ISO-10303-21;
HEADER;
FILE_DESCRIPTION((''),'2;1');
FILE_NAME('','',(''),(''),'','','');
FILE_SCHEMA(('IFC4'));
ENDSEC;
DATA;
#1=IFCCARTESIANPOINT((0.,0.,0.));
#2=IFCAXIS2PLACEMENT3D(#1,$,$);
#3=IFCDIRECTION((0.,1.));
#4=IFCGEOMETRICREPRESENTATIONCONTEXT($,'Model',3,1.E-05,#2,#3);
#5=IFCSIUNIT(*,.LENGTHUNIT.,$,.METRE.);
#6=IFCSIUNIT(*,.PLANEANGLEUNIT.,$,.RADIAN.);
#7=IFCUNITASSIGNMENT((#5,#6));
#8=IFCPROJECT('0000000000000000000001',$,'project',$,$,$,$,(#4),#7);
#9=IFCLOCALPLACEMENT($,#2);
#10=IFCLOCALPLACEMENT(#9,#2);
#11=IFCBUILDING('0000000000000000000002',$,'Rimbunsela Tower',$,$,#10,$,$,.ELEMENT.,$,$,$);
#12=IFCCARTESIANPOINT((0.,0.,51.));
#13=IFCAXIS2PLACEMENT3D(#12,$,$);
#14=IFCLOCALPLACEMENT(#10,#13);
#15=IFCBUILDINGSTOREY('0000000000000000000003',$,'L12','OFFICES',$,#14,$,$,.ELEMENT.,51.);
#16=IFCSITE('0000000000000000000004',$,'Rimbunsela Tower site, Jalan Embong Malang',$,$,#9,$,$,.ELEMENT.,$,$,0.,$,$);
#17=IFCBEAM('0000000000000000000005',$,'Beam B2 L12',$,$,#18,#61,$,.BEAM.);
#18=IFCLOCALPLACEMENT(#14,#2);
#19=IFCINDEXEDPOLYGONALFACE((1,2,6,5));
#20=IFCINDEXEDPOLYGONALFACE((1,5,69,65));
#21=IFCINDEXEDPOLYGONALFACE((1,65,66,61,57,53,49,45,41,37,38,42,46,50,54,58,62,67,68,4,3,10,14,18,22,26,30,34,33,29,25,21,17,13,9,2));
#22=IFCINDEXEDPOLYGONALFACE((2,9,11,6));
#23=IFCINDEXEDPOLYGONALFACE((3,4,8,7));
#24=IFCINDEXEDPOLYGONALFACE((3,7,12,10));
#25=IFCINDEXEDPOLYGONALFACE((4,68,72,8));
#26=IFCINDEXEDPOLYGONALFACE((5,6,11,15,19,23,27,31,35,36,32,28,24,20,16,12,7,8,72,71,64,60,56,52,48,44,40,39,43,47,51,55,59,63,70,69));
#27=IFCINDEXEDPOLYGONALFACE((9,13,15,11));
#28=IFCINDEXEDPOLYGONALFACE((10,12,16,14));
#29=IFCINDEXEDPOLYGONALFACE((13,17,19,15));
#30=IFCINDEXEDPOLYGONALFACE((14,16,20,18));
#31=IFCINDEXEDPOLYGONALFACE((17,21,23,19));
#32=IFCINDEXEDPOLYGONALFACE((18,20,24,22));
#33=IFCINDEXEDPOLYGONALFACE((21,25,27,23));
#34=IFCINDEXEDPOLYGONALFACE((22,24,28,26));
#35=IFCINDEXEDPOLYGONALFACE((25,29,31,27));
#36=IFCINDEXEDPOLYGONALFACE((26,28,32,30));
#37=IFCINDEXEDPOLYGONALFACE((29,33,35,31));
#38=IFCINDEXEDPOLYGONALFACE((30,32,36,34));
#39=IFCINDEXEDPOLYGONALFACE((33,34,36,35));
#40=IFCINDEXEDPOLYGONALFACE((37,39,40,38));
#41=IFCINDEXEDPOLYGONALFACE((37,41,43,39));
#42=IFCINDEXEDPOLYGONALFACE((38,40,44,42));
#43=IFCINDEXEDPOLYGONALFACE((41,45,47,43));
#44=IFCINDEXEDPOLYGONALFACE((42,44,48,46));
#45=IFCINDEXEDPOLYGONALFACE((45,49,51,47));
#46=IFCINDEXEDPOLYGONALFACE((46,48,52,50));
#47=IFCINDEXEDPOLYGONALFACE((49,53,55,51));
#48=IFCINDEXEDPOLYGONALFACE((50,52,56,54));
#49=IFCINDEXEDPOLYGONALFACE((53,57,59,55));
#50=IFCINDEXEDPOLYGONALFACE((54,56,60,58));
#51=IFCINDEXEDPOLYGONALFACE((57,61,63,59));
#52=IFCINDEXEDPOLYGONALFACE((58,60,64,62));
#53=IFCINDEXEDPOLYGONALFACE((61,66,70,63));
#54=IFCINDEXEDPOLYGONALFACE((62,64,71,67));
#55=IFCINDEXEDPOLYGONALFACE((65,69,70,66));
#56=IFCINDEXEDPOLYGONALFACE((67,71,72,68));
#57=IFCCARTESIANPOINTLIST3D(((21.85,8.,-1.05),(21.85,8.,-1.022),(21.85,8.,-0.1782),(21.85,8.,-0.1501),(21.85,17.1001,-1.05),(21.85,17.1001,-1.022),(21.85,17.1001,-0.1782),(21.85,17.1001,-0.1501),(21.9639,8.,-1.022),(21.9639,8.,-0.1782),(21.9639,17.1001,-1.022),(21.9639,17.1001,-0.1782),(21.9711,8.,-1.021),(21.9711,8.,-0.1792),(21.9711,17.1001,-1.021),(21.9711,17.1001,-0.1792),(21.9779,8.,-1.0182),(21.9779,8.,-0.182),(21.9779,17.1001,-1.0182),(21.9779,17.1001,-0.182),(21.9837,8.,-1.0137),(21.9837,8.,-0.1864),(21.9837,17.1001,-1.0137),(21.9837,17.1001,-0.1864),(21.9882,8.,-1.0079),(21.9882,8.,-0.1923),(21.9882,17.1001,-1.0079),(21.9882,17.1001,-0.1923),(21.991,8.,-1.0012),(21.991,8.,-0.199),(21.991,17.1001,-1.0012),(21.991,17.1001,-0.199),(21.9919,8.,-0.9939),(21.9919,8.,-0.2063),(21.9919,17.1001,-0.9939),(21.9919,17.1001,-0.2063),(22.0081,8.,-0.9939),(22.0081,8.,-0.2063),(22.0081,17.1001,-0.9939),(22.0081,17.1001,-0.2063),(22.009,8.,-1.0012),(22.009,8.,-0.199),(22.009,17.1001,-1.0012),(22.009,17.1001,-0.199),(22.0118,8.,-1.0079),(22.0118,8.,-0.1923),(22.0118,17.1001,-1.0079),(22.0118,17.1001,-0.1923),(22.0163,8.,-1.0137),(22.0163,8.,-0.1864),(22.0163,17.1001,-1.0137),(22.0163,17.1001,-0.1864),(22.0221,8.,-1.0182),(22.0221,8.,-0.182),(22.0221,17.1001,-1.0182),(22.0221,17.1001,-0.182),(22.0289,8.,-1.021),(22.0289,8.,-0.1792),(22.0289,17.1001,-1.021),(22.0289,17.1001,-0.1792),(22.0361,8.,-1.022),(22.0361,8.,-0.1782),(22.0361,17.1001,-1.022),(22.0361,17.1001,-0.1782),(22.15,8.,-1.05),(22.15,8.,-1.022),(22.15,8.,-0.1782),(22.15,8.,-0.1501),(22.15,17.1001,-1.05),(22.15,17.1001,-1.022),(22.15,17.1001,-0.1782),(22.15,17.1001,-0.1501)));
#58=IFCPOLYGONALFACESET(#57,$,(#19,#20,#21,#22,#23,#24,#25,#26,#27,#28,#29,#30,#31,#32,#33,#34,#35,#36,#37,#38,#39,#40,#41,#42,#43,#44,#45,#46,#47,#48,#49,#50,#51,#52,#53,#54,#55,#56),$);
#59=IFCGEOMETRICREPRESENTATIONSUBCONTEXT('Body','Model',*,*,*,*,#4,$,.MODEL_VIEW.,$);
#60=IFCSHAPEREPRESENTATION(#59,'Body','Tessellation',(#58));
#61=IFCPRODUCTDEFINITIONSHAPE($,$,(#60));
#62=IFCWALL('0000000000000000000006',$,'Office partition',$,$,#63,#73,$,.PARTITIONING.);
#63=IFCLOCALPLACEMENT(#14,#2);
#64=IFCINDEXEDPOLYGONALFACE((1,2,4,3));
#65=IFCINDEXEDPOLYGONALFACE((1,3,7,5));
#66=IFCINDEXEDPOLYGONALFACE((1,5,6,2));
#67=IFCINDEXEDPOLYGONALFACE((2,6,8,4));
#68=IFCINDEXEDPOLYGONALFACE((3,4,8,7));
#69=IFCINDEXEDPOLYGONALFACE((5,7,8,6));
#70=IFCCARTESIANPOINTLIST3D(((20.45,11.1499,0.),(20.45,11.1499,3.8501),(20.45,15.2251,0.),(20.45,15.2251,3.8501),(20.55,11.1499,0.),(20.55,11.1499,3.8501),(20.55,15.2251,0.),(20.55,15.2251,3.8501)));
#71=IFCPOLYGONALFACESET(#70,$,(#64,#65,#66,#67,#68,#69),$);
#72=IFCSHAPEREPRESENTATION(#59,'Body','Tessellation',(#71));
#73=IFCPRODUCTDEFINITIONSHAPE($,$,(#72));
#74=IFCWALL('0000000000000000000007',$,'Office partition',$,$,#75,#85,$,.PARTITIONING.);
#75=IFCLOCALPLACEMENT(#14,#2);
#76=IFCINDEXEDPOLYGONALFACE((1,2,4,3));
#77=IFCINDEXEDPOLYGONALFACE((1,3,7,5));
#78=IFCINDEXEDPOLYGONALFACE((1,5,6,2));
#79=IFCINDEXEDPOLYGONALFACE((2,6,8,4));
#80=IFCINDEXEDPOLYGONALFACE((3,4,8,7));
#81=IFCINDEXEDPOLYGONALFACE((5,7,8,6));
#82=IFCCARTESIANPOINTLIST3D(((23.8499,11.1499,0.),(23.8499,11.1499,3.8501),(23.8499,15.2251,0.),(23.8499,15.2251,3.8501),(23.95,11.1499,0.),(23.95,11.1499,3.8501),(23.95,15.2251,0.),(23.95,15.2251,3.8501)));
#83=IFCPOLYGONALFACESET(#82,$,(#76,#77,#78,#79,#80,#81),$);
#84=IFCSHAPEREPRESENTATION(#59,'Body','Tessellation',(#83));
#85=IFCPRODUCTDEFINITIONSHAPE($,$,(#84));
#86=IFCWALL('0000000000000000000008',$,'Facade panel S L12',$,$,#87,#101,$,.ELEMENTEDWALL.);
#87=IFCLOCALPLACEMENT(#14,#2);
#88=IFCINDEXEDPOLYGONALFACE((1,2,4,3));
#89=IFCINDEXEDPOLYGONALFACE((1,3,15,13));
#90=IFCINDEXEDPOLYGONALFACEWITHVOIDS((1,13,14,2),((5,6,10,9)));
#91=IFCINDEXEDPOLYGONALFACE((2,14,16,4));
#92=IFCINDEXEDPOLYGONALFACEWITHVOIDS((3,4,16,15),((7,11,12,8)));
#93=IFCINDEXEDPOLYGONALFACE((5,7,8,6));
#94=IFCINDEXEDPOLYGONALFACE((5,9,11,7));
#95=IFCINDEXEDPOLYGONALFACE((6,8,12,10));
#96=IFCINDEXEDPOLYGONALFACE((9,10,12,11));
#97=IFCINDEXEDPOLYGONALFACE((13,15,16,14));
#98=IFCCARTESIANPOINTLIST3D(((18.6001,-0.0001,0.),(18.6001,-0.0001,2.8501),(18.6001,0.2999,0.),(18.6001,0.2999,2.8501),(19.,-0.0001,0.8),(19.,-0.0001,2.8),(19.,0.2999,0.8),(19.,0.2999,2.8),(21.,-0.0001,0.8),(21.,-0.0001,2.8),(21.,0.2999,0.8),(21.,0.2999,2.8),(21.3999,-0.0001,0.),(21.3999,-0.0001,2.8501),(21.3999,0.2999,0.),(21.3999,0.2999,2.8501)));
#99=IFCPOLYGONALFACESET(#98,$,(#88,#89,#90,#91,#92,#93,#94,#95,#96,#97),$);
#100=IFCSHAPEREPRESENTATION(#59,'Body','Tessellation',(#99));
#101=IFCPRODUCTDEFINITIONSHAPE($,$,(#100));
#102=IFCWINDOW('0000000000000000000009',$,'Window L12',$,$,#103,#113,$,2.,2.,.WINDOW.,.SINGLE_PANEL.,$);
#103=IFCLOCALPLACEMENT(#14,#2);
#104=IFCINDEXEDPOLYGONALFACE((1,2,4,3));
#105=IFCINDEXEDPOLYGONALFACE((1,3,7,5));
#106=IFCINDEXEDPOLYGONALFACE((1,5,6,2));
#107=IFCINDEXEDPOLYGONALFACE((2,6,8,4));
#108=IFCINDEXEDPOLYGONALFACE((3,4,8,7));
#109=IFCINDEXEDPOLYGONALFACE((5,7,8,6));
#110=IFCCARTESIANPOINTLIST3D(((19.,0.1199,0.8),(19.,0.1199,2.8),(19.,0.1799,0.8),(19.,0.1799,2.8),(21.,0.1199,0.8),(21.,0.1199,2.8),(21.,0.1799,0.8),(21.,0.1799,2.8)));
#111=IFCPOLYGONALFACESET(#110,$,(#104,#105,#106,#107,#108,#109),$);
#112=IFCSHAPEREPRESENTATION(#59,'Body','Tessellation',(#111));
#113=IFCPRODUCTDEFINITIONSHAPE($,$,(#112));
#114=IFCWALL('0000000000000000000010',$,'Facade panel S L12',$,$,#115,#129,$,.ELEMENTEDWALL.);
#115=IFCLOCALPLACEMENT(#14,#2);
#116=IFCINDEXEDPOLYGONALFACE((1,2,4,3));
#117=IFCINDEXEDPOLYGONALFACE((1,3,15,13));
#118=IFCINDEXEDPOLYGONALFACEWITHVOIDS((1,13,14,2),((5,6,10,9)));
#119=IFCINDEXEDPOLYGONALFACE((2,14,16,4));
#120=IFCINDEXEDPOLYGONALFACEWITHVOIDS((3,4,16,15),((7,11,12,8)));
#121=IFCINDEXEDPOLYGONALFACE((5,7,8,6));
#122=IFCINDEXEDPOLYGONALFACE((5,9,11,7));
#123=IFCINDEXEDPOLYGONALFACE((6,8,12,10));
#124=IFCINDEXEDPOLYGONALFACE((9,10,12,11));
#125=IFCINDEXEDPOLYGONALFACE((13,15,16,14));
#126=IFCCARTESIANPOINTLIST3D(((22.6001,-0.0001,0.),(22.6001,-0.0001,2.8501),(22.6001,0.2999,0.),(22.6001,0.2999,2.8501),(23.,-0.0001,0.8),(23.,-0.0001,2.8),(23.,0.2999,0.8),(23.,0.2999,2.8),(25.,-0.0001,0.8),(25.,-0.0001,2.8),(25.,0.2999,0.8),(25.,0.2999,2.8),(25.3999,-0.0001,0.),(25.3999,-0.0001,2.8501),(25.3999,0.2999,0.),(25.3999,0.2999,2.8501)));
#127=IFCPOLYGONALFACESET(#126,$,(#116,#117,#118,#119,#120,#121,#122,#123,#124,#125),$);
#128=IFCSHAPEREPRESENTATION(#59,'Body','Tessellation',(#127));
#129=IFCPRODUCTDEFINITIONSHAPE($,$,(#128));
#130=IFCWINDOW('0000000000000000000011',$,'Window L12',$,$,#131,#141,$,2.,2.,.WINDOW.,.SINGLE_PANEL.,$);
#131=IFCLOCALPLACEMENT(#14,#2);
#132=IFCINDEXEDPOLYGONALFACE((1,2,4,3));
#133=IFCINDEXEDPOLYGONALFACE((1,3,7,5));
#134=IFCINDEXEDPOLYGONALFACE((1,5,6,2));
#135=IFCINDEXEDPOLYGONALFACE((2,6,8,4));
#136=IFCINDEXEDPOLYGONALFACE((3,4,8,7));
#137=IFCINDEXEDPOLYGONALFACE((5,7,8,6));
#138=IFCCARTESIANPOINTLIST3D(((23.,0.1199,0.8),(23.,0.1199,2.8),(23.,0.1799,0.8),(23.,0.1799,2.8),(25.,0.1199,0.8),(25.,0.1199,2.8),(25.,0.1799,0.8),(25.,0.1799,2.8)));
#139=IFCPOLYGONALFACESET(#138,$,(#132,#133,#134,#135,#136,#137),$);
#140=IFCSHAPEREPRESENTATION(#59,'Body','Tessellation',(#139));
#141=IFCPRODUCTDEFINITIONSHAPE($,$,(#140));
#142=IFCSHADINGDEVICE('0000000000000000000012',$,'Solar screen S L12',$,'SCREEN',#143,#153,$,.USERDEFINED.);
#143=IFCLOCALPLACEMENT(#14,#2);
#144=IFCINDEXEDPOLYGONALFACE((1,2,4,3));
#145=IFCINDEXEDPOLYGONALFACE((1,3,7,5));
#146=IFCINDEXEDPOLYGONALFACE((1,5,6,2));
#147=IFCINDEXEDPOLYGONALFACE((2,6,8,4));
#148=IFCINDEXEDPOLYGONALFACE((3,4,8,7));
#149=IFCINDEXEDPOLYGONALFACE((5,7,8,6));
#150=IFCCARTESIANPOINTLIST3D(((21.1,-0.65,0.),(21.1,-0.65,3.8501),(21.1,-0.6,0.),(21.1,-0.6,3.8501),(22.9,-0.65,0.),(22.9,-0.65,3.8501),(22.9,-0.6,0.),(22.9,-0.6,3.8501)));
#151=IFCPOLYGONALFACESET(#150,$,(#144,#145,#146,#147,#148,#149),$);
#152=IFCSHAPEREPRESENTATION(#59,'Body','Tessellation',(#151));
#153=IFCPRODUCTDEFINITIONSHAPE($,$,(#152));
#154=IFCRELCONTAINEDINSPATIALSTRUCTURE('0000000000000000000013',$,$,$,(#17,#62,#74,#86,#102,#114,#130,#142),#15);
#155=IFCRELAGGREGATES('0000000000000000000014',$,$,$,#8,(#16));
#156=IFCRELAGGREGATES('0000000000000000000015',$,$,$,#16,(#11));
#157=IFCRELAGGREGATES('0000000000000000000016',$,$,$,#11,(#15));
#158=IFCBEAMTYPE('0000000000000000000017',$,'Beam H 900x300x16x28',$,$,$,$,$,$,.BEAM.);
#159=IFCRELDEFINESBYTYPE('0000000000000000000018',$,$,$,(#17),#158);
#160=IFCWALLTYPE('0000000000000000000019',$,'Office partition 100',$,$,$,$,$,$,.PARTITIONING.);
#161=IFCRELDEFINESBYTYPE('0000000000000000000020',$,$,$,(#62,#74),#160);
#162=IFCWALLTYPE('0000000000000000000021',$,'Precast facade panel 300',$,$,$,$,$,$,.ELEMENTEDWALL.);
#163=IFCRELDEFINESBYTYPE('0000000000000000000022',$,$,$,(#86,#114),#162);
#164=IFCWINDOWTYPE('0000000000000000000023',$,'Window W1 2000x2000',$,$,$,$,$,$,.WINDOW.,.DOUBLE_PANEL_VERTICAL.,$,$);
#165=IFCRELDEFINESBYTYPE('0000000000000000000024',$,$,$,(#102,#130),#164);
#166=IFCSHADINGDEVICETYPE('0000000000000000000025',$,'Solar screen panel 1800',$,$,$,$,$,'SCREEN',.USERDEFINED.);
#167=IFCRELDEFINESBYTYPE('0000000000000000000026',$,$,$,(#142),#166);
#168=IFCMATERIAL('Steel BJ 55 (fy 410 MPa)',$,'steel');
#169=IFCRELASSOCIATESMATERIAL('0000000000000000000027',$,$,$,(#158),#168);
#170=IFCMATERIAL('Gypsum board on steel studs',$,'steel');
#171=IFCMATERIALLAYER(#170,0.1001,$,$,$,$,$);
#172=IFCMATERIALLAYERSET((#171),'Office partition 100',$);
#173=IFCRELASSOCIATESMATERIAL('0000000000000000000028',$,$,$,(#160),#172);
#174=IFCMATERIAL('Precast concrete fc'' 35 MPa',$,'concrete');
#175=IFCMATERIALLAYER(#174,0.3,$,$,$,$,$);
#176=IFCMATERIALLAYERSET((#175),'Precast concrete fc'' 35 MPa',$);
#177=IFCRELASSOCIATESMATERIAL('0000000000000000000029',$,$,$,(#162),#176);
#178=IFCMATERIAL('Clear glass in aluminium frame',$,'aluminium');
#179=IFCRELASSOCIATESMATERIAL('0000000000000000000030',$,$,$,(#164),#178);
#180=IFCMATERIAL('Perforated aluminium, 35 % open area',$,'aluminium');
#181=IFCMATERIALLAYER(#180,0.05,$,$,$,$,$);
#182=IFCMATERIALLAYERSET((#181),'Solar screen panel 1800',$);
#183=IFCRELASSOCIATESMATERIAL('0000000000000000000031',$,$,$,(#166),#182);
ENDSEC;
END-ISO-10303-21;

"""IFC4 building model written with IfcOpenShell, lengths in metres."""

from ifc_helpers import new_model, si_unit, direction, frame, frame_2d, origin, origin_2d, place, context, subcontext, project, spatial, rectangle, i_section, extrude, material, layer, layer_set, material_profile, profile_set, type_object, element, fill, save


model = new_model("IFC4")

# Units and contexts
model_context = context("Model", 3, precision=1e-05, world=origin(), true_north=direction((0.0, 1.0)))
body_context = subcontext(model_context, "Body", "Model", "MODEL_VIEW")
ifc_project = project(units=[si_unit("LENGTHUNIT", "METRE"), si_unit("PLANEANGLEUNIT", "RADIAN")], contexts=[model_context])

# Site, building, storey
site_placement = place(None, origin())
site = spatial("IfcSite", under=ifc_project, at=site_placement, Name="Rimbunsela Tower site, Jalan Embong Malang", CompositionType="ELEMENT", RefElevation=0.0)
building_placement = place(site_placement, origin())
building = spatial("IfcBuilding", under=site, at=building_placement, Name="Rimbunsela Tower", CompositionType="ELEMENT")
storey_placement = place(building_placement, frame((0.0, 0.0, 51.0)))
storey = spatial("IfcBuildingStorey", under=building, at=storey_placement, Name="L12", Description="OFFICES", CompositionType="ELEMENT", Elevation=51.0)

# Beam
ifc_material_1 = material(Name="Steel BJ 55 (fy 410 MPa)", Category="steel")
ifc_material_profile_1 = material_profile(ifc_material_1, i_section(OverallWidth=0.3, OverallDepth=0.8999, WebThickness=0.0161, FlangeThickness=0.0281, FilletRadius=0.0281, at=origin_2d()), Name="H 900x300x16x28")
ifc_profile_set_1 = profile_set([ifc_material_profile_1], Name="Steel BJ 55 (fy 410 MPa)")
beam_type_1 = type_object("IfcBeamType", Name="Beam H 900x300x16x28", PredefinedType="BEAM", material=ifc_profile_set_1)
beam_1_placement = place(storey_placement, frame((22.0, 8.0, -0.6001), z_axis=(0.0, 1.0, 0.0), x_axis=(-1.0, 0.0, 0.0)))
element("IfcBeam", 1, at=beam_1_placement, inside=storey, type_object=beam_type_1, Name="Beam B2 L12", PredefinedType="BEAM", context=body_context, shape_type="SweptSolid", body=[
    extrude(i_section(OverallWidth=0.3, OverallDepth=0.8999, WebThickness=0.0161, FlangeThickness=0.0281, FilletRadius=0.0281, at=origin_2d()), origin(), (0.0, 0.0, 1.0), 9.1001),
])

# Walls
ifc_material_2 = material(Name="Gypsum board on steel studs", Category="steel")
ifc_layer_1 = layer(ifc_material_2, 0.1001)
ifc_layer_set_1 = layer_set([ifc_layer_1], Name="Office partition 100")
wall_type_1 = type_object("IfcWallType", Name="Office partition 100", PredefinedType="PARTITIONING", material=ifc_layer_set_1)
for number, where, z_axis, x_axis, name in (
    (2, (20.5, 11.1499, 0.0), (0.0, 0.0, 1.0), (0.0, 1.0, 0.0), "Office partition"),
    (3, (23.8999, 11.1499, 0.0), (0.0, 0.0, 1.0), (0.0, 1.0, 0.0), "Office partition"),
):
    element("IfcWall", number, at=place(storey_placement, frame(where, z_axis=z_axis, x_axis=x_axis)), inside=storey, type_object=wall_type_1, Name=name, PredefinedType="PARTITIONING", context=body_context, shape_type="SweptSolid", body=[
        extrude(rectangle(XDim=4.0752, YDim=0.1001, at=frame_2d((2.0376, 0.0))), origin(), (0.0, 0.0, 1.0), 3.8501),
    ])

# Walls, openings, windows
ifc_material_3 = material(Name="Precast concrete fc' 35 MPa", Category="concrete")
ifc_layer_2 = layer(ifc_material_3, 0.3)
ifc_layer_set_2 = layer_set([ifc_layer_2], Name="Precast concrete fc' 35 MPa")
wall_type_2 = type_object("IfcWallType", Name="Precast facade panel 300", PredefinedType="ELEMENTEDWALL", material=ifc_layer_set_2)
wall_1_placement = place(storey_placement, frame((18.6001, 0.1499, 0.0), z_axis=(0.0, 0.0, 1.0), x_axis=(1.0, 0.0, 0.0)))
wall_1 = element("IfcWall", 4, at=wall_1_placement, inside=storey, type_object=wall_type_2, Name="Facade panel S L12", PredefinedType="ELEMENTEDWALL", context=body_context, shape_type="SweptSolid", body=[
    extrude(rectangle(XDim=2.7998, YDim=0.3, at=frame_2d((1.3999, 0.0))), origin(), (0.0, 0.0, 1.0), 2.8501),
])
opening_1_placement = place(wall_1_placement, frame((0.3999, 0.0, 0.8)))
opening_1 = element("IfcOpeningElement", 5, at=opening_1_placement, cuts=wall_1, PredefinedType="OPENING", context=body_context, shape_type="SweptSolid", body=[
    extrude(rectangle(XDim=2.0, YDim=2.0, at=frame_2d((1.0, 1.0))), frame((0.0, 0.1599, 0.0), z_axis=(0.0, -1.0, 0.0), x_axis=(1.0, 0.0, 0.0)), (0.0, 0.0, 1.0), 0.3201),
])
ifc_material_4 = material(Name="Clear glass in aluminium frame", Category="aluminium")
window_type = type_object("IfcWindowType", Name="Window W1 2000x2000", PartitioningType="DOUBLE_PANEL_VERTICAL", PredefinedType="WINDOW", material=ifc_material_4)
window_1_placement = place(opening_1_placement, origin())
window_1 = element("IfcWindow", 6, at=window_1_placement, inside=storey, type_object=window_type, Name="Window L12", OverallHeight=2.0, OverallWidth=2.0, PartitioningType="SINGLE_PANEL", PredefinedType="WINDOW", context=body_context, shape_type="SweptSolid", body=[
    extrude(rectangle(XDim=2.0, YDim=2.0, at=frame_2d((1.0, 1.0))), frame((0.0, 0.03, 0.0), z_axis=(0.0, -1.0, 0.0), x_axis=(1.0, 0.0, 0.0)), (0.0, 0.0, 1.0), 0.0601),
])
fill(opening_1, window_1)
wall_2_placement = place(storey_placement, frame((22.6001, 0.1499, 0.0), z_axis=(0.0, 0.0, 1.0), x_axis=(1.0, 0.0, 0.0)))
wall_2 = element("IfcWall", 7, at=wall_2_placement, inside=storey, type_object=wall_type_2, Name="Facade panel S L12", PredefinedType="ELEMENTEDWALL", context=body_context, shape_type="SweptSolid", body=[
    extrude(rectangle(XDim=2.7998, YDim=0.3, at=frame_2d((1.3999, 0.0))), origin(), (0.0, 0.0, 1.0), 2.8501),
])
opening_2_placement = place(wall_2_placement, frame((0.3999, 0.0, 0.8)))
opening_2 = element("IfcOpeningElement", 8, at=opening_2_placement, cuts=wall_2, PredefinedType="OPENING", context=body_context, shape_type="SweptSolid", body=[
    extrude(rectangle(XDim=2.0, YDim=2.0, at=frame_2d((1.0, 1.0))), frame((0.0, 0.1599, 0.0), z_axis=(0.0, -1.0, 0.0), x_axis=(1.0, 0.0, 0.0)), (0.0, 0.0, 1.0), 0.3201),
])
window_2_placement = place(opening_2_placement, origin())
window_2 = element("IfcWindow", 9, at=window_2_placement, inside=storey, type_object=window_type, Name="Window L12", OverallHeight=2.0, OverallWidth=2.0, PartitioningType="SINGLE_PANEL", PredefinedType="WINDOW", context=body_context, shape_type="SweptSolid", body=[
    extrude(rectangle(XDim=2.0, YDim=2.0, at=frame_2d((1.0, 1.0))), frame((0.0, 0.03, 0.0), z_axis=(0.0, -1.0, 0.0), x_axis=(1.0, 0.0, 0.0)), (0.0, 0.0, 1.0), 0.0601),
])
fill(opening_2, window_2)

# Shading device
ifc_material_5 = material(Name="Perforated aluminium, 35 % open area", Category="aluminium")
ifc_layer_3 = layer(ifc_material_5, 0.05)
ifc_layer_set_3 = layer_set([ifc_layer_3], Name="Solar screen panel 1800")
shading_device_type = type_object("IfcShadingDeviceType", Name="Solar screen panel 1800", ElementType="SCREEN", PredefinedType="USERDEFINED", material=ifc_layer_set_3)
shading_device_placement = place(storey_placement, frame((22.0, -0.625, 0.0), z_axis=(0.0, 0.0, 1.0), x_axis=(1.0, 0.0, 0.0)))
element("IfcShadingDevice", 10, at=shading_device_placement, inside=storey, type_object=shading_device_type, Name="Solar screen S L12", ObjectType="SCREEN", PredefinedType="USERDEFINED", context=body_context, shape_type="SweptSolid", body=[
    extrude(rectangle(XDim=1.8, YDim=0.05, at=origin_2d()), origin(), (0.0, 0.0, 1.0), 3.8501),
])

save(model, "model.ifc")
